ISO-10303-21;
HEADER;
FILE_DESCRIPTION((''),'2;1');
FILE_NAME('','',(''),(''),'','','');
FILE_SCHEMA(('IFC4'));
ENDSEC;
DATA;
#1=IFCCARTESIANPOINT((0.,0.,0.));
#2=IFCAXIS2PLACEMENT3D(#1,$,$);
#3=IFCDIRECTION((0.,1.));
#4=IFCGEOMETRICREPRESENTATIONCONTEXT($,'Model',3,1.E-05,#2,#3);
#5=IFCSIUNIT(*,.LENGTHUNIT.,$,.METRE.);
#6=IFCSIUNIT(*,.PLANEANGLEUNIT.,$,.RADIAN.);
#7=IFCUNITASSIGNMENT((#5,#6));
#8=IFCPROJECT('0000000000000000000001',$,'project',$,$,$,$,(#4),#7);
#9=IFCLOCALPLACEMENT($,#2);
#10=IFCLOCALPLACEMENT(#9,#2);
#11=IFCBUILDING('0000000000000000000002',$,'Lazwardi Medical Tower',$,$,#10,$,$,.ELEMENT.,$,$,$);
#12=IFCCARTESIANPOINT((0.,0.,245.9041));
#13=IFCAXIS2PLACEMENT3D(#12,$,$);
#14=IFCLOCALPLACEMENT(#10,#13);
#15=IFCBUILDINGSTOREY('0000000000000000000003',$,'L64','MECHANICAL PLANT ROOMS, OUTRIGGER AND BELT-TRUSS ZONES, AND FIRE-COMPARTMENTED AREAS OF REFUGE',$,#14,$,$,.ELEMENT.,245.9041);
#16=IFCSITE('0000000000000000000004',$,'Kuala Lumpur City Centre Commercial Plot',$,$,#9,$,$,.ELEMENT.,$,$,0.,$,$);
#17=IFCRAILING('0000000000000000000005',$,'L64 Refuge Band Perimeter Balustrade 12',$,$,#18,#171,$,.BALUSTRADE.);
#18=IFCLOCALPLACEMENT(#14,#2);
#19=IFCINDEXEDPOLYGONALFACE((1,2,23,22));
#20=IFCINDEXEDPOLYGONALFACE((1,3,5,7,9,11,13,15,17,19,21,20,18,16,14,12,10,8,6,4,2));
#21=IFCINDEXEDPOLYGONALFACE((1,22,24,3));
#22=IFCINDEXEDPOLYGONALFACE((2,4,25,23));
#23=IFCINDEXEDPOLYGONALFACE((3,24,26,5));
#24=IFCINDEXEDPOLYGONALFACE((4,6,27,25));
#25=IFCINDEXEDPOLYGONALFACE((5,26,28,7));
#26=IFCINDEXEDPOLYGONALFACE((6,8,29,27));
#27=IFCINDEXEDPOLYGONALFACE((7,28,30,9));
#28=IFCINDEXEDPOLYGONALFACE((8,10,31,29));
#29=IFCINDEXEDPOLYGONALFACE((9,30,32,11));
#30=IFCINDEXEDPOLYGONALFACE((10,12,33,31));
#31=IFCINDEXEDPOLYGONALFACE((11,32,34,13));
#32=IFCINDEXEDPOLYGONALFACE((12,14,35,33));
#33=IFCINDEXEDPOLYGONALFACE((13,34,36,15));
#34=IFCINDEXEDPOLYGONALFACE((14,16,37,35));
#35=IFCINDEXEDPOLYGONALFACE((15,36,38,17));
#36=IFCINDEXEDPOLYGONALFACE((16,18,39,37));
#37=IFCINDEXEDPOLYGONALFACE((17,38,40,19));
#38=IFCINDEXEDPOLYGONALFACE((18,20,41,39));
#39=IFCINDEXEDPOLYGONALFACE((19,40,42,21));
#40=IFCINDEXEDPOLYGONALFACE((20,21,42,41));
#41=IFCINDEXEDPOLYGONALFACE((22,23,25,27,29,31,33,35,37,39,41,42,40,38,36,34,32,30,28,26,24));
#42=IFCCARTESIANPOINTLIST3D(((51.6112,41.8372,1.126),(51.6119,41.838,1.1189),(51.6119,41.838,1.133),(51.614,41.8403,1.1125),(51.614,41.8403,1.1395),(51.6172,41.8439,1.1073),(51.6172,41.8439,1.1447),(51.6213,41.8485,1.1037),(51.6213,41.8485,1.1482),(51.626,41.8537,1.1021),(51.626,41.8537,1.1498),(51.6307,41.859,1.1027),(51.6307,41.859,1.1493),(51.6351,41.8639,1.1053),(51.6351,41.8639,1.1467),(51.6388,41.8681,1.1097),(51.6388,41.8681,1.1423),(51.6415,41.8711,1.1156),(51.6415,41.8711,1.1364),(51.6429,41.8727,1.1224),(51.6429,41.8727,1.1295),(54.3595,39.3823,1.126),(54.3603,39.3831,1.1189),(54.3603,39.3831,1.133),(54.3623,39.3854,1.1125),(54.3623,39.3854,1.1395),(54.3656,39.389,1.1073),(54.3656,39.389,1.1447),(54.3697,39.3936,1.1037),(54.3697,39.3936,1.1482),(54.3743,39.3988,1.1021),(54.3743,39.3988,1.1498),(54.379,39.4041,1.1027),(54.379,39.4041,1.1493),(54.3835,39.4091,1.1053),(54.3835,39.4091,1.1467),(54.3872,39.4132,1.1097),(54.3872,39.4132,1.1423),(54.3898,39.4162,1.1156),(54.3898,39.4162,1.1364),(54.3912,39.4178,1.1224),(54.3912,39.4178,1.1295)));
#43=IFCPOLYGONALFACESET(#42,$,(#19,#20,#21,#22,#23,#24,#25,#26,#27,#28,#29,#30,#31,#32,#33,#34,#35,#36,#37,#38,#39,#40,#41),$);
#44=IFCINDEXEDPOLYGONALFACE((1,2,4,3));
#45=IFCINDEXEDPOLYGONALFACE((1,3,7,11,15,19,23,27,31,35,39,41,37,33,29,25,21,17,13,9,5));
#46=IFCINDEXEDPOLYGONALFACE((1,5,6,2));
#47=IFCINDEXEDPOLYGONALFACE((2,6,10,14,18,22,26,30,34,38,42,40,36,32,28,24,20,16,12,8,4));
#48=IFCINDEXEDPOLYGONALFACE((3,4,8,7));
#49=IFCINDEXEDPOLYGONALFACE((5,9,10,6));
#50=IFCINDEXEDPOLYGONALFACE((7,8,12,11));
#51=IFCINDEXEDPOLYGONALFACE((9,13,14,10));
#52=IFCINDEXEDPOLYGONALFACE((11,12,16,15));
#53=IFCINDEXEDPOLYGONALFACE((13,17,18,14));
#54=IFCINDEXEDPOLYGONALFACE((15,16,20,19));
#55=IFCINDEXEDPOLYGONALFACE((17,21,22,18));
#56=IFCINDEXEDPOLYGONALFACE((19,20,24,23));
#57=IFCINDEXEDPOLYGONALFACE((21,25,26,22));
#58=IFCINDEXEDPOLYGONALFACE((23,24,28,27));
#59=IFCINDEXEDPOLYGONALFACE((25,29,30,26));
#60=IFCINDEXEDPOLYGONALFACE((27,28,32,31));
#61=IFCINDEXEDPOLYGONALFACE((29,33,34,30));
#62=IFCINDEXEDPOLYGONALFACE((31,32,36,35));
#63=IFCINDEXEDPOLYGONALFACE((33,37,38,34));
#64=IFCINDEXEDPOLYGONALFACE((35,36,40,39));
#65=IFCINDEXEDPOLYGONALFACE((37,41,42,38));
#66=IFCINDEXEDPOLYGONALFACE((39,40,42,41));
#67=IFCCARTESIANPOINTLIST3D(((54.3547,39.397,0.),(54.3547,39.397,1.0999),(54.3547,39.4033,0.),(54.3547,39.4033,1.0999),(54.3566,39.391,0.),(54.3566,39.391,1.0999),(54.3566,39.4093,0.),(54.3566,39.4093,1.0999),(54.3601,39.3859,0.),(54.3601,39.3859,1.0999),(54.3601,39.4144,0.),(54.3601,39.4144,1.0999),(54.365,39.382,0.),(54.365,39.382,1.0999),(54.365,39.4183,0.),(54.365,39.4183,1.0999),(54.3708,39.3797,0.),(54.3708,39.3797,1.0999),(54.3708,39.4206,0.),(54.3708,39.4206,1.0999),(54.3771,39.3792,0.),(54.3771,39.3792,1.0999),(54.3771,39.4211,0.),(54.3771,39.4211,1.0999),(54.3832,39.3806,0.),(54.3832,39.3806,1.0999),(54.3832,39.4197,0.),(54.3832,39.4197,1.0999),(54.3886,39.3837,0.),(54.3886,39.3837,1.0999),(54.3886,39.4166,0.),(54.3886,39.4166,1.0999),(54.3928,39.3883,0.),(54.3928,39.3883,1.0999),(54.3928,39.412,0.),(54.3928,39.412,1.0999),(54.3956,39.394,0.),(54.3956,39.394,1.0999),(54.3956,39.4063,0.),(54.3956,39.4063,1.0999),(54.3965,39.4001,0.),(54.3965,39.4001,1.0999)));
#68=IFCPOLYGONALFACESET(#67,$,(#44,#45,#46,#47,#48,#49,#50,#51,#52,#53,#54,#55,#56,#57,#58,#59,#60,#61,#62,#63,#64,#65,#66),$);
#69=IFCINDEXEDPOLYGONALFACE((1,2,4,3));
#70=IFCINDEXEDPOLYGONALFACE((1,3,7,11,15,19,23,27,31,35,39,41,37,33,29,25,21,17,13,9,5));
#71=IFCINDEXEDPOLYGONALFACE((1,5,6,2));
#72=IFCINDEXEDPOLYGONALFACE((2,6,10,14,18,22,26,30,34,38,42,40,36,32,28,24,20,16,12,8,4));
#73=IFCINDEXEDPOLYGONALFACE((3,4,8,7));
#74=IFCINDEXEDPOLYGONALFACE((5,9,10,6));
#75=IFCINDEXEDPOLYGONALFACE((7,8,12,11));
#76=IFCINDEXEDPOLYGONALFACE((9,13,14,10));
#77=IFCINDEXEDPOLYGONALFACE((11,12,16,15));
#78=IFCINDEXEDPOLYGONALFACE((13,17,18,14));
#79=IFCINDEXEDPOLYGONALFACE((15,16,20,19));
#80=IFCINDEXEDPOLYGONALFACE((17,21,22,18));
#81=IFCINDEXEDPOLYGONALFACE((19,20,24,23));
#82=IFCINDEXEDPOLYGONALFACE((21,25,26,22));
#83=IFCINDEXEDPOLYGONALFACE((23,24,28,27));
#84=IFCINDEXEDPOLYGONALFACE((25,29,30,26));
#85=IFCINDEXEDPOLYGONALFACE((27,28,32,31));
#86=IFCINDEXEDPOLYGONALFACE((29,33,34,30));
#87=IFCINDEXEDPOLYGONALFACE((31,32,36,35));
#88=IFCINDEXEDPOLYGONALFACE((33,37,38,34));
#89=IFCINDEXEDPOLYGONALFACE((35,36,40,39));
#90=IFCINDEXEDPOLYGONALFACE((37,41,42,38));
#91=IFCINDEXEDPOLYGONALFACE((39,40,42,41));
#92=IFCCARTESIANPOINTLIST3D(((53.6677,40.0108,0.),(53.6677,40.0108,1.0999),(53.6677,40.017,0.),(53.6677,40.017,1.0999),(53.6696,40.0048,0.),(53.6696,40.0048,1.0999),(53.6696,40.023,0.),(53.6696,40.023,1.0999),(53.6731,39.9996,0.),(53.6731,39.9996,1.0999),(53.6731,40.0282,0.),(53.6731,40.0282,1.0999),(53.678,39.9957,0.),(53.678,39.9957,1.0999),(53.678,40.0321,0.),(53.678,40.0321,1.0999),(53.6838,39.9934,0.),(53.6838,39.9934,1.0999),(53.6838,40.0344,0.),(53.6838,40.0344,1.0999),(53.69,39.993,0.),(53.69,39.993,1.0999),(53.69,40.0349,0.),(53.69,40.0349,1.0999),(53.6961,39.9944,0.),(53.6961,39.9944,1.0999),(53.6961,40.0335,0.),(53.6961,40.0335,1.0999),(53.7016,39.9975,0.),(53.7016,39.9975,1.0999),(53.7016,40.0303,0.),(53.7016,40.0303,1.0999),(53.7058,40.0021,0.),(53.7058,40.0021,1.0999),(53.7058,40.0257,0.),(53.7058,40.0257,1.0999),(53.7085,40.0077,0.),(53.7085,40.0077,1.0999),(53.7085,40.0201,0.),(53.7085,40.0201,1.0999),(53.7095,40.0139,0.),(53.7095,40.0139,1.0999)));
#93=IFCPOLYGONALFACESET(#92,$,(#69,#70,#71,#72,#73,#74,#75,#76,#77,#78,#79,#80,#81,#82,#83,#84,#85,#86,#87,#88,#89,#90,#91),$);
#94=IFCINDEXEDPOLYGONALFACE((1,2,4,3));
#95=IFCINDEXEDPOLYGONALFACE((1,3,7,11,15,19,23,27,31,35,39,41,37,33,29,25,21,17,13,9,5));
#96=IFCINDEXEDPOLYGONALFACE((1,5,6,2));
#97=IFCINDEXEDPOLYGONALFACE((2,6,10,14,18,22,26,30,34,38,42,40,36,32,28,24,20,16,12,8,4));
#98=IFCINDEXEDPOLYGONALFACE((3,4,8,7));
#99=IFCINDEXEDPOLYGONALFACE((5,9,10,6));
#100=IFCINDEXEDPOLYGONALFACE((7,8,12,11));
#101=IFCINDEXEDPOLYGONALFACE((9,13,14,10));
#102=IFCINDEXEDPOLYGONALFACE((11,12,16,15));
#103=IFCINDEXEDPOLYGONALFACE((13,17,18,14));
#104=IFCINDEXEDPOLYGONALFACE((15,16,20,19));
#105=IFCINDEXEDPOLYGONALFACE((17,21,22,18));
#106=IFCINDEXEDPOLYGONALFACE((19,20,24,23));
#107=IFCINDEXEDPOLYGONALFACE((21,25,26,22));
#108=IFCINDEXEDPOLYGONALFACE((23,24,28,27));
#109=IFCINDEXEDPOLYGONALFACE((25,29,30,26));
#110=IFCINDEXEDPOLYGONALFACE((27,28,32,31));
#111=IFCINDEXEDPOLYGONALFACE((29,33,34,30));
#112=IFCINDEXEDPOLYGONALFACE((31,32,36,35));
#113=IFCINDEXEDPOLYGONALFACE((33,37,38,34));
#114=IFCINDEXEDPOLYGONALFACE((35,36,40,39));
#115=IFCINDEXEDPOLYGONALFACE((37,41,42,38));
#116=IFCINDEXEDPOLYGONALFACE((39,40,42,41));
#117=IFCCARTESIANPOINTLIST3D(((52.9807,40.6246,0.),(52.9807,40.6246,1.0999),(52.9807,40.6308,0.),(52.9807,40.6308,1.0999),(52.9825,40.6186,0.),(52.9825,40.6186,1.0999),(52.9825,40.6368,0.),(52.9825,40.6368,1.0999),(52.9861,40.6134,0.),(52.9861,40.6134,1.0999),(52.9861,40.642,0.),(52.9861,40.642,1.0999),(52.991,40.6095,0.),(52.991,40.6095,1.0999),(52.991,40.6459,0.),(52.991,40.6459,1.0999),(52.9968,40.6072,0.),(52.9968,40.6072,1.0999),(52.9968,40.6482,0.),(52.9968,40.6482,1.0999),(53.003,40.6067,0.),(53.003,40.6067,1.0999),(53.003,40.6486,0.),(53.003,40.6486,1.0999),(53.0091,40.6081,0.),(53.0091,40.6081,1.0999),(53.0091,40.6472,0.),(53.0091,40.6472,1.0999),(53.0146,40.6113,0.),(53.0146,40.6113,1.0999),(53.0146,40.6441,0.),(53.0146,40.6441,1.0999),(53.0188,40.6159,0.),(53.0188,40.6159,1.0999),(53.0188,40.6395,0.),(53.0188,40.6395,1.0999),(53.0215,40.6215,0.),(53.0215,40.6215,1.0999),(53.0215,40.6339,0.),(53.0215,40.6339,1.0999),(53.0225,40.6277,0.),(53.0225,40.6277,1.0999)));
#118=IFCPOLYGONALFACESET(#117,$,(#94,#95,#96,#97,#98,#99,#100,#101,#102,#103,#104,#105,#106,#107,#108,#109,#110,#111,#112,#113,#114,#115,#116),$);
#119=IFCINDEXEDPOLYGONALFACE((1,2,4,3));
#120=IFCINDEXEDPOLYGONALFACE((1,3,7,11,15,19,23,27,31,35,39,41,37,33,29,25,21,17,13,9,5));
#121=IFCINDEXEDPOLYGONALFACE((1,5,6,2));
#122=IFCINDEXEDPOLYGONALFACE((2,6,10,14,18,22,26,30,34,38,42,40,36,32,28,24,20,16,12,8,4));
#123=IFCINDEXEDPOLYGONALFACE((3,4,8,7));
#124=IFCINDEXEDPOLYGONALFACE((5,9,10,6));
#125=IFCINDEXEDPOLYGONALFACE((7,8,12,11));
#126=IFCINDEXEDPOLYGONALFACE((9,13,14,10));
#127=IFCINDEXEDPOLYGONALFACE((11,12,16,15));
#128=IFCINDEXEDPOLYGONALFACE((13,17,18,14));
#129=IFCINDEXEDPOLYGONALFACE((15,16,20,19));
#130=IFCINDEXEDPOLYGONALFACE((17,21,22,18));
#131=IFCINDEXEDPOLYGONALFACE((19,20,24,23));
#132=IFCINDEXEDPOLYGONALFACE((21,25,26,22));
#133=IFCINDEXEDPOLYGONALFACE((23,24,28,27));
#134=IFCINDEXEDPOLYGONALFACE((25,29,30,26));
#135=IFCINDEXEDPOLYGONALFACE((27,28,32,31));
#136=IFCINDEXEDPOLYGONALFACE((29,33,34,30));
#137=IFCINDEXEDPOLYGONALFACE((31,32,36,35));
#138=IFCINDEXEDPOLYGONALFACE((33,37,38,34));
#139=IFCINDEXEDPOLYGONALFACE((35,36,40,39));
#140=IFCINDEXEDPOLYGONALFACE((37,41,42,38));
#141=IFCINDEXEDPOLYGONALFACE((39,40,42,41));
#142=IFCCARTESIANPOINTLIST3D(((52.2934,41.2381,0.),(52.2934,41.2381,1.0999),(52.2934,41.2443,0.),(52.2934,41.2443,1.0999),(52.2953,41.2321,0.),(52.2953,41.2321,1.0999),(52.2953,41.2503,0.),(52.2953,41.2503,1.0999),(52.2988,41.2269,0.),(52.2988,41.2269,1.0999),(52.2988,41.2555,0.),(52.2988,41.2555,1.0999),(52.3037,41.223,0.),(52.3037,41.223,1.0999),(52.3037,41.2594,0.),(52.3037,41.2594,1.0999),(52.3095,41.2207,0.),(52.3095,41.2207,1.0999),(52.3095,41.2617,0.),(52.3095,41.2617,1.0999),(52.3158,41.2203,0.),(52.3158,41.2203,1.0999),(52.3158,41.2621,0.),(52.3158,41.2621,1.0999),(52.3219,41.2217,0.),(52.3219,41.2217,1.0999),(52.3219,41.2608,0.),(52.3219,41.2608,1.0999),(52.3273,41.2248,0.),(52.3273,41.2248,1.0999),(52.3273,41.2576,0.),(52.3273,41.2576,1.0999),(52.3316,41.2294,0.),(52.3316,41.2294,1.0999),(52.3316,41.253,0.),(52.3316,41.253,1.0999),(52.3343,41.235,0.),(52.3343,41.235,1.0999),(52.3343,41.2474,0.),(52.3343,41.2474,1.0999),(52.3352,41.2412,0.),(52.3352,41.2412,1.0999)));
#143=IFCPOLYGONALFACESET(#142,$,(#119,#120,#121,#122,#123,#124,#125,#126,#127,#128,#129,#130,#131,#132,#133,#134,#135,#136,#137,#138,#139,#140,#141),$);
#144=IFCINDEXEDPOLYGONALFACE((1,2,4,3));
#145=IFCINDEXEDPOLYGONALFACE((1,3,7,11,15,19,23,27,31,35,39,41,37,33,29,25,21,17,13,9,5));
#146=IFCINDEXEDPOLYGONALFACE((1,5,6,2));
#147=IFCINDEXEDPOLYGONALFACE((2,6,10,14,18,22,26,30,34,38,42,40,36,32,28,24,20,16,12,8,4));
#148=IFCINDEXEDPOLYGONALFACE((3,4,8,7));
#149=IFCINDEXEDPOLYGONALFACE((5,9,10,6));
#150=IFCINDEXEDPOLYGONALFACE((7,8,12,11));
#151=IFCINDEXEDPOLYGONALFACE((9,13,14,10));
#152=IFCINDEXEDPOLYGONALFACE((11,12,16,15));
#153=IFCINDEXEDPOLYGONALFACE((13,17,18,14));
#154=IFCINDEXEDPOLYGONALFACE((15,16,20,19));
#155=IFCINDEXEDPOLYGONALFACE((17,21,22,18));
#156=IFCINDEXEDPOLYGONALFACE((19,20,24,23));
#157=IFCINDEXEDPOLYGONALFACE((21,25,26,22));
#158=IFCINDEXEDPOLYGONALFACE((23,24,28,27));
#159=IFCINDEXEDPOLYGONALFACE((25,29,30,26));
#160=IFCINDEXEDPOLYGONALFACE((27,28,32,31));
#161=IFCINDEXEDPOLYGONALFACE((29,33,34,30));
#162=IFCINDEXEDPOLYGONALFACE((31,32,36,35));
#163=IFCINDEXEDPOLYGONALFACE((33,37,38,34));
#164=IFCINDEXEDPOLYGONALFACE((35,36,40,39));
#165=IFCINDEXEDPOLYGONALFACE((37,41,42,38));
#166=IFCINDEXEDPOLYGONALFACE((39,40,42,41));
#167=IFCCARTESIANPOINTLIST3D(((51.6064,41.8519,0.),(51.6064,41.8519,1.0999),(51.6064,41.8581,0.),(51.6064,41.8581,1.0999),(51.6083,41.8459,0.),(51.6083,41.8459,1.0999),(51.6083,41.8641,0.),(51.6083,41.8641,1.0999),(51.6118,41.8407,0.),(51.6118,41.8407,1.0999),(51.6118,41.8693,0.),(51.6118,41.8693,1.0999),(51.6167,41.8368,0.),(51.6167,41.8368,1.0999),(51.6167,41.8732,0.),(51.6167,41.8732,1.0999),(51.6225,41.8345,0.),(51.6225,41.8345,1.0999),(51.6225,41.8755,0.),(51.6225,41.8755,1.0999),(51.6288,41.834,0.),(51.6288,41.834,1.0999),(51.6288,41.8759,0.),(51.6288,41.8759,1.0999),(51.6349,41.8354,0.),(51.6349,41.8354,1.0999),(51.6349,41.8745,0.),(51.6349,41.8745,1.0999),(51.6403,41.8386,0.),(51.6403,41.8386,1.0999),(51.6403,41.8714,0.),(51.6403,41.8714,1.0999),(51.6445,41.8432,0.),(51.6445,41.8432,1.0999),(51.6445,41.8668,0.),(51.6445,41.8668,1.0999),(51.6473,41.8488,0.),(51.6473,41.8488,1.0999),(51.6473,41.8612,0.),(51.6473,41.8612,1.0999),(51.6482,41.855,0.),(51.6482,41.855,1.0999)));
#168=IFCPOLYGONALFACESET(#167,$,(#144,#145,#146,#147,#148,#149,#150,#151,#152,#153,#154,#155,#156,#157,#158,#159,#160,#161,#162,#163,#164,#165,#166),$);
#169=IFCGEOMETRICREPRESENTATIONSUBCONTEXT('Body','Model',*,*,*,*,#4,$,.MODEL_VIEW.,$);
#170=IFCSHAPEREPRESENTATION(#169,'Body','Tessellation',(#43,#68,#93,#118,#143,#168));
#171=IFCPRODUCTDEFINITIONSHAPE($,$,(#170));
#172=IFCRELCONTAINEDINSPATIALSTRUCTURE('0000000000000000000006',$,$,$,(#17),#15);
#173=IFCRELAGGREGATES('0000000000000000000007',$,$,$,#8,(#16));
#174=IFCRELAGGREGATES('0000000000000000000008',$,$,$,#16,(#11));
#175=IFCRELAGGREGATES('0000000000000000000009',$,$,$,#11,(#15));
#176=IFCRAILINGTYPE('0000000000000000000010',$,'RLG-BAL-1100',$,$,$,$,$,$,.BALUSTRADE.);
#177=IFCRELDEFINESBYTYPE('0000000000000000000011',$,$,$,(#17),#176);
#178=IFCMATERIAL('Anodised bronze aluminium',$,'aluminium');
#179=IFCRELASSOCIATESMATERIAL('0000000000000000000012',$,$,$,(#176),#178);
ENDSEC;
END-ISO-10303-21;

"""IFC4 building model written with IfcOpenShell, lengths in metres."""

from ifc_helpers import new_model, si_unit, direction, frame, origin, origin_2d, place, context, subcontext, project, spatial, circle, extrude, material, type_object, element, save


model = new_model("IFC4")

# Units and contexts
model_context = context("Model", 3, precision=1e-05, world=origin(), true_north=direction((0.0, 1.0)))
body_context = subcontext(model_context, "Body", "Model", "MODEL_VIEW")
ifc_project = project(units=[si_unit("LENGTHUNIT", "METRE"), si_unit("PLANEANGLEUNIT", "RADIAN")], contexts=[model_context])

# Site, building, storey
site_placement = place(None, origin())
site = spatial("IfcSite", under=ifc_project, at=site_placement, Name="Kuala Lumpur City Centre Commercial Plot", CompositionType="ELEMENT", RefElevation=0.0)
building_placement = place(site_placement, origin())
building = spatial("IfcBuilding", under=site, at=building_placement, Name="Lazwardi Medical Tower", CompositionType="ELEMENT")
storey_placement = place(building_placement, frame((0.0, 0.0, 245.9041)))
storey = spatial("IfcBuildingStorey", under=building, at=storey_placement, Name="L64", Description="MECHANICAL PLANT ROOMS, OUTRIGGER AND BELT-TRUSS ZONES, AND FIRE-COMPARTMENTED AREAS OF REFUGE", CompositionType="ELEMENT", Elevation=245.9041)

# Railing
ifc_material_1 = material(Name="Anodised bronze aluminium", Category="aluminium")
railing_type = type_object("IfcRailingType", Name="RLG-BAL-1100", PredefinedType="BALUSTRADE", material=ifc_material_1)
railing_1_placement = place(storey_placement, frame((54.3755, 39.4001, 0.0)))
element("IfcRailing", 1, at=railing_1_placement, inside=storey, type_object=railing_type, Name="L64 Refuge Band Perimeter Balustrade 12", PredefinedType="BALUSTRADE", context=body_context, shape_type="SweptSolid", body=[
    extrude(circle(Radius=0.0239, at=origin_2d()), frame((0.0, 0.0, 1.126), z_axis=(-0.745802, 0.666167, 0.0), x_axis=(-0.666167, -0.745802, 0.0)), (0.0, 0.0, 1.0), 3.6851),
    extrude(circle(Radius=0.021, at=origin_2d()), origin(), (0.0, 0.0, 1.0), 1.0999),
    extrude(circle(Radius=0.021, at=origin_2d()), frame((-0.687, 0.6138, 0.0)), (0.0, 0.0, 1.0), 1.0999),
    extrude(circle(Radius=0.021, at=origin_2d()), frame((-1.374, 1.2275, 0.0)), (0.0, 0.0, 1.0), 1.0999),
    extrude(circle(Radius=0.021, at=origin_2d()), frame((-2.0613, 1.8411, 0.0)), (0.0, 0.0, 1.0), 1.0999),
    extrude(circle(Radius=0.021, at=origin_2d()), frame((-2.7483, 2.4548, 0.0)), (0.0, 0.0, 1.0), 1.0999),
])

save(model, "model.ifc")
